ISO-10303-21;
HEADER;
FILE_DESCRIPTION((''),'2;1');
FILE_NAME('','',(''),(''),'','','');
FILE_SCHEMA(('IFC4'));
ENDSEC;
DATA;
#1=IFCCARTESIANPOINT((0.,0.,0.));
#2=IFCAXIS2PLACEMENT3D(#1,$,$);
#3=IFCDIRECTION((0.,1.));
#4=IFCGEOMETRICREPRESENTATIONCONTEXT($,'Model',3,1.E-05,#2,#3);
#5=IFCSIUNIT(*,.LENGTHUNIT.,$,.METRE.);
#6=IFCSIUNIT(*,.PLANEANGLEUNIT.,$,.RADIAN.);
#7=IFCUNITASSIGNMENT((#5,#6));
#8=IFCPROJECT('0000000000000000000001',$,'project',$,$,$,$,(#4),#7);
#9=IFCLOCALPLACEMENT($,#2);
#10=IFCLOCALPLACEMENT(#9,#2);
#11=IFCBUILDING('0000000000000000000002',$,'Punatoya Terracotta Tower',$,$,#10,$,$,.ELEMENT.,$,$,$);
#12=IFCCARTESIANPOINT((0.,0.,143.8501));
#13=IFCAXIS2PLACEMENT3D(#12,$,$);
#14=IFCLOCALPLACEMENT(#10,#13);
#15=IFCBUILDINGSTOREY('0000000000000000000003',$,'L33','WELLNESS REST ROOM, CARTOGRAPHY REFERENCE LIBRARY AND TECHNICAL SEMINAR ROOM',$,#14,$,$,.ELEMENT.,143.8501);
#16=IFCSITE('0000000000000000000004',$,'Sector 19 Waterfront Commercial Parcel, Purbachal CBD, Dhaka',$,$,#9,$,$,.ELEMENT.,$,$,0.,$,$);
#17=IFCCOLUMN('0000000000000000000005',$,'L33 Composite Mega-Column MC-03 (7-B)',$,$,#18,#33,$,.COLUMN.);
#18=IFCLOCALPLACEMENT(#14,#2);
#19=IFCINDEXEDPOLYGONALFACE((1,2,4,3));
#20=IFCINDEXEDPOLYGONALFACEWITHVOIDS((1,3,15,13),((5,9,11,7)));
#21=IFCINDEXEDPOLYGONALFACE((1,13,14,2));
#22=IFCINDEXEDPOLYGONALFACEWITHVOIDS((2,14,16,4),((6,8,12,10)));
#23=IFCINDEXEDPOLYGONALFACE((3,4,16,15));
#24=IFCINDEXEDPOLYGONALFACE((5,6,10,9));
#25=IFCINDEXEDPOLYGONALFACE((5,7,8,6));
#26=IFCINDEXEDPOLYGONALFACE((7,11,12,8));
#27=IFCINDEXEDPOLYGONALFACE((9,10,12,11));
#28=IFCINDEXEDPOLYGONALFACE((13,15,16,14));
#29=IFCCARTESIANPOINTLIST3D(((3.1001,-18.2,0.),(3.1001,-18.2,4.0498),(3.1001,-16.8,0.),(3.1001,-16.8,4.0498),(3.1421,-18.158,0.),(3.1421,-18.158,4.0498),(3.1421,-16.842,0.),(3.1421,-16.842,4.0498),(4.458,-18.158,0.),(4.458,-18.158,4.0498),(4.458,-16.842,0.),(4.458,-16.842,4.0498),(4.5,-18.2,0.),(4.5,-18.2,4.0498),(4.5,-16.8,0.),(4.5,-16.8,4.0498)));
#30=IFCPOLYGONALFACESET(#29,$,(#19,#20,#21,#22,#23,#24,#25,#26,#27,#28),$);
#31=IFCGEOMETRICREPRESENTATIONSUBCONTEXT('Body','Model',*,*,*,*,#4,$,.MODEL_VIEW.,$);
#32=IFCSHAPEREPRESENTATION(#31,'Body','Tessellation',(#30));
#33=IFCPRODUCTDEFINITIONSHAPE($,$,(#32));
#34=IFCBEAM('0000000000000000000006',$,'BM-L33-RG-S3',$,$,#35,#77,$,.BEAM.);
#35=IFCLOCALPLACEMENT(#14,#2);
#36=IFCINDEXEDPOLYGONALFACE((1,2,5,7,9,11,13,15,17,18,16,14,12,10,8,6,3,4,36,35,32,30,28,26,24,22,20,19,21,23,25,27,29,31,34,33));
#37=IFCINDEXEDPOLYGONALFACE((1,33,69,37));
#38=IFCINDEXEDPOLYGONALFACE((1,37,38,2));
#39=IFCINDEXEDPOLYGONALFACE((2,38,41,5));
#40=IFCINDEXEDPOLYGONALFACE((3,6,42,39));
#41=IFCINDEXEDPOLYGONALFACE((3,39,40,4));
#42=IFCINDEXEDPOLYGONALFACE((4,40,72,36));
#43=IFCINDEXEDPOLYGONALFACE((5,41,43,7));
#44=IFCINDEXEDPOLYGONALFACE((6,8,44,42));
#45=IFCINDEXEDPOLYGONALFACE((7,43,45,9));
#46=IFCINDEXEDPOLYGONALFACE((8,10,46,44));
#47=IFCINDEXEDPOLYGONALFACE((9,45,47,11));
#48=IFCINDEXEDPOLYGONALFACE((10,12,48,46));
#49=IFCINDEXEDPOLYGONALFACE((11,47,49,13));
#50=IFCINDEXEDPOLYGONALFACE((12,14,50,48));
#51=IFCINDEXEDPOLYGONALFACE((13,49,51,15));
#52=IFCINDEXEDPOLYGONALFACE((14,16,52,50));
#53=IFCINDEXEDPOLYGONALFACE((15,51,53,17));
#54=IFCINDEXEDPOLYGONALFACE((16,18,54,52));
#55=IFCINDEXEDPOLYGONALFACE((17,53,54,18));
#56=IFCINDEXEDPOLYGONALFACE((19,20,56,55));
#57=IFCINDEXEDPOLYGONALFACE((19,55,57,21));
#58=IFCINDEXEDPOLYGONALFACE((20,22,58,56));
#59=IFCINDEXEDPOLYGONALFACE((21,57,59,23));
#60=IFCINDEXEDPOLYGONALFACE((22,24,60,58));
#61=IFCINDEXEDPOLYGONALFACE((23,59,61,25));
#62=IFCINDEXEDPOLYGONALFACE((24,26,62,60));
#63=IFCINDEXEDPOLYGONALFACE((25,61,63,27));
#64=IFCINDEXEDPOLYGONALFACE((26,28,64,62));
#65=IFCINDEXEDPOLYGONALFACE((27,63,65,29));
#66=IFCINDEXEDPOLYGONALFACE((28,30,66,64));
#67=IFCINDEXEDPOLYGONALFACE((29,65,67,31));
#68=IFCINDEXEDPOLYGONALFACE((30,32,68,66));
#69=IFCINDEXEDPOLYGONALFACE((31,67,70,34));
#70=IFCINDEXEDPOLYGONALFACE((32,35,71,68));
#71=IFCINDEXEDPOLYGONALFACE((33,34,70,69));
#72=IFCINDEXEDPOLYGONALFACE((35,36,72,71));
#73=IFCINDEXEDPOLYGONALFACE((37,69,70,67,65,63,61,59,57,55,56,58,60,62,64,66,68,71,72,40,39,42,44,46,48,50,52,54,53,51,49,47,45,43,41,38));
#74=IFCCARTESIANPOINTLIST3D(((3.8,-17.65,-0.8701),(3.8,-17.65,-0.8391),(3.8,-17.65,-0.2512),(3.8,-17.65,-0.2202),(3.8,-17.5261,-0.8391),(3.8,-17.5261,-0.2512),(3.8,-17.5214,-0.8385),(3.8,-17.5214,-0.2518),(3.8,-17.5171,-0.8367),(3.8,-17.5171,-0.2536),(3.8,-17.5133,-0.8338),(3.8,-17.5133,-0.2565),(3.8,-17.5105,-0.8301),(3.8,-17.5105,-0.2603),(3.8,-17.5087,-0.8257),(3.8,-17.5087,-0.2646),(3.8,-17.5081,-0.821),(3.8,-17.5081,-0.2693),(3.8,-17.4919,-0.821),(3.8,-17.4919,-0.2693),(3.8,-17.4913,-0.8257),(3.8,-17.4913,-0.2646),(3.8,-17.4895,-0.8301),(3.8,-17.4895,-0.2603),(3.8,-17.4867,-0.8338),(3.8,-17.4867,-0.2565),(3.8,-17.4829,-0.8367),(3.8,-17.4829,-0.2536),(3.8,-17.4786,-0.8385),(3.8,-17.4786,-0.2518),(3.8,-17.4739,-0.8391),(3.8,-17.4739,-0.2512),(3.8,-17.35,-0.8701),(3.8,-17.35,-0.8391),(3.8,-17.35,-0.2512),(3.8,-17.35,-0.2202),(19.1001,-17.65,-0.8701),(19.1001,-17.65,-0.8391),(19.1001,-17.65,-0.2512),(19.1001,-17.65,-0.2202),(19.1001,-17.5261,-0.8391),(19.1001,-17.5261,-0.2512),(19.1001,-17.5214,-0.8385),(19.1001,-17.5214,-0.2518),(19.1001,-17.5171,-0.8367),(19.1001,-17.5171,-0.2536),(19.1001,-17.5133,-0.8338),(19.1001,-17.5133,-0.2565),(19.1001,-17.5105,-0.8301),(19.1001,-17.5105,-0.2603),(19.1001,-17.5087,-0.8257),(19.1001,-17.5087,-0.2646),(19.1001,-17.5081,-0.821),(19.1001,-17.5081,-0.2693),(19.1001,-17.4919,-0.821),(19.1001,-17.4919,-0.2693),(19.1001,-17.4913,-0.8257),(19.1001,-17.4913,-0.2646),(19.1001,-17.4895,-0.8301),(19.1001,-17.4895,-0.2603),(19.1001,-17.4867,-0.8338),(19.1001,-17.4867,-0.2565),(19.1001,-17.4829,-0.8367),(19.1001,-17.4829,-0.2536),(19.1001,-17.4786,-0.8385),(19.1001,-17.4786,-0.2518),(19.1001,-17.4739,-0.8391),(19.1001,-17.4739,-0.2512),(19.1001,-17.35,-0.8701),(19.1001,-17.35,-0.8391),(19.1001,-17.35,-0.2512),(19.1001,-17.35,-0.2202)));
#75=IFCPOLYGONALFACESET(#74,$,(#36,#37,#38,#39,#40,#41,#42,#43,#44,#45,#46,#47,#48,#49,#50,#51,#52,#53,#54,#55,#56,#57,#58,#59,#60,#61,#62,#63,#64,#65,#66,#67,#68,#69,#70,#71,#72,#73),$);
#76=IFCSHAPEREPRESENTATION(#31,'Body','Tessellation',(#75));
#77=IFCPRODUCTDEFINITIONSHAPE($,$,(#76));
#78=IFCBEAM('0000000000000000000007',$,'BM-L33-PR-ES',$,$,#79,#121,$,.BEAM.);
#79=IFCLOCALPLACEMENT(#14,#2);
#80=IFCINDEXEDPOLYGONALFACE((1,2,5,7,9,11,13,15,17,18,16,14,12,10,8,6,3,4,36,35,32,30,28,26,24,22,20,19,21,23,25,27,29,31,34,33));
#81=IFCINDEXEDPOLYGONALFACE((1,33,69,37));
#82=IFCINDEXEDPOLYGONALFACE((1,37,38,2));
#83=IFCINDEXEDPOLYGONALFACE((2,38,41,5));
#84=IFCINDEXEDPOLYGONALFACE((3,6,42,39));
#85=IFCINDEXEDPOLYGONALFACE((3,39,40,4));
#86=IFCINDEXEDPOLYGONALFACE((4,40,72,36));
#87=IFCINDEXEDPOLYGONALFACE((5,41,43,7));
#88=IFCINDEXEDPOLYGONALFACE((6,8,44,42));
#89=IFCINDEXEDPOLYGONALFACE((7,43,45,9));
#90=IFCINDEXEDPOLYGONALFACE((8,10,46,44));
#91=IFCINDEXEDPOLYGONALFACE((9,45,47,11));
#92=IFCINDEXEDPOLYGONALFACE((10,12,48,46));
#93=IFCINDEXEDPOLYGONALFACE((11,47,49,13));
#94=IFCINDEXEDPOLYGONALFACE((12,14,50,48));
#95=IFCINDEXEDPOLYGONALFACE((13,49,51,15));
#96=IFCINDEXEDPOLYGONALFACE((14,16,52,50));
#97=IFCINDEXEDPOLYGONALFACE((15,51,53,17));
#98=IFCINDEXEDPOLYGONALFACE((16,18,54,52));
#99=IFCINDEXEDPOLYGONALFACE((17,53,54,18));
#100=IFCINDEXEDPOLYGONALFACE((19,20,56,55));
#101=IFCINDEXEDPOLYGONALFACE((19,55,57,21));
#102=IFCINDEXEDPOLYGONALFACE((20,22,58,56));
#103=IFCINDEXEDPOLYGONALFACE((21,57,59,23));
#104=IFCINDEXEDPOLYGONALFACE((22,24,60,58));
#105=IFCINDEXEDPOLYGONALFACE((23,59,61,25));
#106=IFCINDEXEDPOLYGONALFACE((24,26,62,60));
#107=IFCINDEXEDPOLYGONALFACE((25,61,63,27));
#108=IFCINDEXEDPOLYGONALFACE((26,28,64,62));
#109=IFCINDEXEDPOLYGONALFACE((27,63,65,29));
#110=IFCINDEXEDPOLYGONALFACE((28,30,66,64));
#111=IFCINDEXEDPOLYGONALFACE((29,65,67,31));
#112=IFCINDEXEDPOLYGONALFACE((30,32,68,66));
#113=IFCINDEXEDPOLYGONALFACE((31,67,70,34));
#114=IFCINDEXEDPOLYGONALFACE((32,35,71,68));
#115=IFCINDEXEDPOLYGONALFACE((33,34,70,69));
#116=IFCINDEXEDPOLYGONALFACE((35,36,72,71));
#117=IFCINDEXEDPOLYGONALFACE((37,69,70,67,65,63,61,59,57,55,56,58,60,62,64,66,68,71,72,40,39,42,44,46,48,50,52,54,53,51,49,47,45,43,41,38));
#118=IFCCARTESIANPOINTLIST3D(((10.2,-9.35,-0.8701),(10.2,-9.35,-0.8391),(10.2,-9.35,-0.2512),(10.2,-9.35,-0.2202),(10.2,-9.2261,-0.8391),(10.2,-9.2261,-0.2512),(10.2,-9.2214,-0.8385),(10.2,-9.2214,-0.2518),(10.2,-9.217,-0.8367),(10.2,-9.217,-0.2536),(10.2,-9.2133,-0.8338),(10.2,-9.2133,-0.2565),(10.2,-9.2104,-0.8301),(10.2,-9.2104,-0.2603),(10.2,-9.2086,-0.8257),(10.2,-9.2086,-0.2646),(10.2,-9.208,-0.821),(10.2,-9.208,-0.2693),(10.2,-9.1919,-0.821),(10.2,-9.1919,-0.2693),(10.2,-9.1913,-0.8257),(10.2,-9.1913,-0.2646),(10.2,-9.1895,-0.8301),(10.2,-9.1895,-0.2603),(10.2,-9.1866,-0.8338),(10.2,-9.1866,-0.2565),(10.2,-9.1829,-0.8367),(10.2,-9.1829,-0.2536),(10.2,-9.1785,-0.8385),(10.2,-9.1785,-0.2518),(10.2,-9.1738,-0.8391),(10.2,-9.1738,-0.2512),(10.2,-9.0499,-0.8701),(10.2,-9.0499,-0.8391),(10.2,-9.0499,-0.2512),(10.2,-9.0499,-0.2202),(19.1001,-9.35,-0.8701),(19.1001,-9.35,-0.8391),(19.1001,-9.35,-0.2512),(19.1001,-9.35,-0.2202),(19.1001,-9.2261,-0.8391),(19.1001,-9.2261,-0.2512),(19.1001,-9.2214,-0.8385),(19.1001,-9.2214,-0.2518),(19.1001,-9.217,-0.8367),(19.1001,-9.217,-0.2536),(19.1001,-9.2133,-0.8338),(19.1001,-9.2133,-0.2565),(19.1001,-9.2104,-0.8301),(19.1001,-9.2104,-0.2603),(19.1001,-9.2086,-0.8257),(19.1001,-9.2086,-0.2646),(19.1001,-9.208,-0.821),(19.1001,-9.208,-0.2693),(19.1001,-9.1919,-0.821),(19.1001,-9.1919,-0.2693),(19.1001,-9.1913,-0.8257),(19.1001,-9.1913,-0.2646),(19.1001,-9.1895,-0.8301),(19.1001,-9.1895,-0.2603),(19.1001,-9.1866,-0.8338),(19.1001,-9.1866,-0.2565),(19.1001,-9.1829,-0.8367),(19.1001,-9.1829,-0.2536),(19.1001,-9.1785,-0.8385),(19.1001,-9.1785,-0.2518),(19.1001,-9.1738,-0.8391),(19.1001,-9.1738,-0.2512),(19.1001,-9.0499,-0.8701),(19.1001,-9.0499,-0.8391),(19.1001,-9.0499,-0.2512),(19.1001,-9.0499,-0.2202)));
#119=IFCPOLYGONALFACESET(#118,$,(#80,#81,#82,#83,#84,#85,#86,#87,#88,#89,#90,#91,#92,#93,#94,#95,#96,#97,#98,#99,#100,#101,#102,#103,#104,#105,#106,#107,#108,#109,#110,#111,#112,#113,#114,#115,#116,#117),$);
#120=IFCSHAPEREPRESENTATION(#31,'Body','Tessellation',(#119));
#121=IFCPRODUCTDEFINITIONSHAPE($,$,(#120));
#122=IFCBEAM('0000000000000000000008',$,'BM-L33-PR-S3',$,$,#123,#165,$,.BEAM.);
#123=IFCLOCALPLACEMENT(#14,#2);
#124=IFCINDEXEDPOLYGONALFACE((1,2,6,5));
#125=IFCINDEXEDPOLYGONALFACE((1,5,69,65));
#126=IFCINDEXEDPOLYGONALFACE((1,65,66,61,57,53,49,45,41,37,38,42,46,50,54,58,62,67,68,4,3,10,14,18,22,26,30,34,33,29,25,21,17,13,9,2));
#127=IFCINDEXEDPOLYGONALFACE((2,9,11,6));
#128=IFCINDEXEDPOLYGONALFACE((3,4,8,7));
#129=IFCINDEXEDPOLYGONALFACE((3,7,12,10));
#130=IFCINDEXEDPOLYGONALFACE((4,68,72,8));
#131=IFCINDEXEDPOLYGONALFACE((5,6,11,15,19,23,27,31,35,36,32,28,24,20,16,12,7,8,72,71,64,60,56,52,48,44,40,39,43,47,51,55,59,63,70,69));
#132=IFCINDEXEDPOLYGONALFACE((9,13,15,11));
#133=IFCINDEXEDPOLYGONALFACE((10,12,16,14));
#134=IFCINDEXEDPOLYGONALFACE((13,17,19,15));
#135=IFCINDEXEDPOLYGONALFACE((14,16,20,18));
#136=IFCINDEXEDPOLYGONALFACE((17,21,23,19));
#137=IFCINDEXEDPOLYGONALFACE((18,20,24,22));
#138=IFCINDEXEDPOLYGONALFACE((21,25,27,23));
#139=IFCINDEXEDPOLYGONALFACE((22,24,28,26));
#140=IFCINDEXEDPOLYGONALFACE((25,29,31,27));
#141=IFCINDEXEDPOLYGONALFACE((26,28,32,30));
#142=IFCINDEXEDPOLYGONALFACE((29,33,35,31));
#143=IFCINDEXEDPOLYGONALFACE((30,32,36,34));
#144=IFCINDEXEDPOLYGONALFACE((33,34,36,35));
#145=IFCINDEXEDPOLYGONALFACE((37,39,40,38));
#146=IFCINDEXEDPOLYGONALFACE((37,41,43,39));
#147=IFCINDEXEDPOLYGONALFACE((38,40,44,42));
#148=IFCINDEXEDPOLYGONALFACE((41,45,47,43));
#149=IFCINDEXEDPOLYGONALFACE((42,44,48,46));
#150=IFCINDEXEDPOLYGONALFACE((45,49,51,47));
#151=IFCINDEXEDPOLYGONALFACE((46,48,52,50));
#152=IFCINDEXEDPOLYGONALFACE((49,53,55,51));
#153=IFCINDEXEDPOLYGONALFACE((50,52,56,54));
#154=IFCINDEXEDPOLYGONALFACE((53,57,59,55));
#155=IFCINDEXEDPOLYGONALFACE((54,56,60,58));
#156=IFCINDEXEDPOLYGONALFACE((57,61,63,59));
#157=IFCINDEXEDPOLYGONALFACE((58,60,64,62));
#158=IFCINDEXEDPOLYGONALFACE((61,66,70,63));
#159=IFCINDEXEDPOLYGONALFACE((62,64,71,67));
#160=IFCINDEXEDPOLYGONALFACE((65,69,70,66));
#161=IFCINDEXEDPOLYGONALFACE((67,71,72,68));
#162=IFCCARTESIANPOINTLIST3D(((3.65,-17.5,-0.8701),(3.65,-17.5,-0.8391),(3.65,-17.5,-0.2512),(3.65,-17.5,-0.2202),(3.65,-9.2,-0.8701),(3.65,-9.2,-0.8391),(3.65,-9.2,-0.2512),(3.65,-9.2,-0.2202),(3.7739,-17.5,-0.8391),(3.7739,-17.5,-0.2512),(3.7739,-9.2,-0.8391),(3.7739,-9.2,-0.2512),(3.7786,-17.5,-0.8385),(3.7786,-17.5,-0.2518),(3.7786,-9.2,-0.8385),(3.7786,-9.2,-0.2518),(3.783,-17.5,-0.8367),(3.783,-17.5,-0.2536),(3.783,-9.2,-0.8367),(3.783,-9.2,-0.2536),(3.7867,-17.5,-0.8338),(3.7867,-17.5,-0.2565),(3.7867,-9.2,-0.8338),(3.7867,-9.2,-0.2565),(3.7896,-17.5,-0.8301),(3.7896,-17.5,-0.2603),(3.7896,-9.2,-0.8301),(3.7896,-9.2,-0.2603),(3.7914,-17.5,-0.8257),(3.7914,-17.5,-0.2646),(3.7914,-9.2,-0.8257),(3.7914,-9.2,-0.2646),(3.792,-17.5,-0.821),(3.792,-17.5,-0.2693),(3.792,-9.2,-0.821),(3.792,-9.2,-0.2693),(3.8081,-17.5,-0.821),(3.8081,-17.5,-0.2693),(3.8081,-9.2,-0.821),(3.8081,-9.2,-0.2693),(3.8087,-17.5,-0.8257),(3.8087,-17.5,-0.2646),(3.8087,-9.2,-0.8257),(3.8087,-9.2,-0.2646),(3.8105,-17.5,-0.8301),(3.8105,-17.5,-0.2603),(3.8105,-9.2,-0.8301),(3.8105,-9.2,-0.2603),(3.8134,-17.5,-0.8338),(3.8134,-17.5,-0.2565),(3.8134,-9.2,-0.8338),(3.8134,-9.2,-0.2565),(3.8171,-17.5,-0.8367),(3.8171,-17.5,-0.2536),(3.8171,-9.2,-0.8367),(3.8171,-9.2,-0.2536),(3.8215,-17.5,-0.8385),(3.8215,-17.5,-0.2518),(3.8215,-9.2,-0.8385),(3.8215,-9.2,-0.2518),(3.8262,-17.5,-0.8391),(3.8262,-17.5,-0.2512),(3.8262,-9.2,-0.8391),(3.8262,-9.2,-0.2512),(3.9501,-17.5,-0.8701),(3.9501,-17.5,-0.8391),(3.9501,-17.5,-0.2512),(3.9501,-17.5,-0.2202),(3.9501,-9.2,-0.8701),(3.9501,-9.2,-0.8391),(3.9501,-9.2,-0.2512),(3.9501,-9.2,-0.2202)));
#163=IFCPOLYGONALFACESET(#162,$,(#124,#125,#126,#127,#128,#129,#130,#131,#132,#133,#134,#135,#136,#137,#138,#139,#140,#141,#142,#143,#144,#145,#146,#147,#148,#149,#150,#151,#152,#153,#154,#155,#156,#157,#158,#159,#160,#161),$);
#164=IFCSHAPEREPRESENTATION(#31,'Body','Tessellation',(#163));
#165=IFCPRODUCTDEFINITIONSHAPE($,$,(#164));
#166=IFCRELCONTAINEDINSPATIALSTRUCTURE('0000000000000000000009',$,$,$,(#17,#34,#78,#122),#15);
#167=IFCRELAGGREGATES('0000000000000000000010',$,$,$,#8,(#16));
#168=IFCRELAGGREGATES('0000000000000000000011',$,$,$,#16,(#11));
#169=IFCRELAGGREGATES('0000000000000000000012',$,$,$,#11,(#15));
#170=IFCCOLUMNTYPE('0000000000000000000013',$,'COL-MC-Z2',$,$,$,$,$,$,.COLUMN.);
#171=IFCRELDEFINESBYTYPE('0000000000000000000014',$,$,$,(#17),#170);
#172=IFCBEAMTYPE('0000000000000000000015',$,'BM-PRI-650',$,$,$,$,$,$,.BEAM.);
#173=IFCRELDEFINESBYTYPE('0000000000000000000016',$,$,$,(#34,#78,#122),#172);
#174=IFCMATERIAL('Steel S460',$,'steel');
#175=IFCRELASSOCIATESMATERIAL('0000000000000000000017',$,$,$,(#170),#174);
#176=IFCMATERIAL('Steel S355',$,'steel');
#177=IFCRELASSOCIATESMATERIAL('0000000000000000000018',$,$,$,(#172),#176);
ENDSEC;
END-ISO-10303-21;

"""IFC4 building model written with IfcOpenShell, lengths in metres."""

from ifc_helpers import new_model, si_unit, direction, frame, origin, origin_2d, place, context, subcontext, project, spatial, hollow_rectangle, i_section, extrude, material, material_profile, profile_set, type_object, element, save


model = new_model("IFC4")

# Units and contexts
model_context = context("Model", 3, precision=1e-05, world=origin(), true_north=direction((0.0, 1.0)))
body_context = subcontext(model_context, "Body", "Model", "MODEL_VIEW")
ifc_project = project(units=[si_unit("LENGTHUNIT", "METRE"), si_unit("PLANEANGLEUNIT", "RADIAN")], contexts=[model_context])

# Site, building, storey
site_placement = place(None, origin())
site = spatial("IfcSite", under=ifc_project, at=site_placement, Name="Sector 19 Waterfront Commercial Parcel, Purbachal CBD, Dhaka", CompositionType="ELEMENT", RefElevation=0.0)
building_placement = place(site_placement, origin())
building = spatial("IfcBuilding", under=site, at=building_placement, Name="Punatoya Terracotta Tower", CompositionType="ELEMENT")
storey_placement = place(building_placement, frame((0.0, 0.0, 143.8501)))
storey = spatial("IfcBuildingStorey", under=building, at=storey_placement, Name="L33", Description="WELLNESS REST ROOM, CARTOGRAPHY REFERENCE LIBRARY AND TECHNICAL SEMINAR ROOM", CompositionType="ELEMENT", Elevation=143.8501)

# Column
ifc_material_1 = material(Name="Steel S460", Category="steel")
ifc_material_profile_1 = material_profile(ifc_material_1, hollow_rectangle(XDim=1.3999, YDim=1.3999, WallThickness=0.042, at=origin_2d()))
ifc_profile_set_1 = profile_set([ifc_material_profile_1], Name="Steel S460")
column_type = type_object("IfcColumnType", Name="COL-MC-Z2", PredefinedType="COLUMN", material=ifc_profile_set_1)
column_placement = place(storey_placement, frame((3.8, -17.5, 0.0), z_axis=(0.0, 0.0, 1.0), x_axis=(1.0, 0.0, 0.0)))
element("IfcColumn", 1, at=column_placement, inside=storey, type_object=column_type, Name="L33 Composite Mega-Column MC-03 (7-B)", PredefinedType="COLUMN", context=body_context, shape_type="SweptSolid", body=[
    extrude(hollow_rectangle(XDim=1.3999, YDim=1.3999, WallThickness=0.042, at=origin_2d()), origin(), (0.0, 0.0, 1.0), 4.0498),
])

# Beams
ifc_material_2 = material(Name="Steel S355", Category="steel")
ifc_material_profile_2 = material_profile(ifc_material_2, i_section(OverallWidth=0.3, OverallDepth=0.6499, WebThickness=0.0161, FlangeThickness=0.031, FilletRadius=0.0181, at=origin_2d()))
ifc_profile_set_2 = profile_set([ifc_material_profile_2], Name="Steel S355")
beam_type_1 = type_object("IfcBeamType", Name="BM-PRI-650", PredefinedType="BEAM", material=ifc_profile_set_2)
beam_1_placement = place(storey_placement, frame((3.8, -17.5, -0.5452), z_axis=(1.0, 0.0, 0.0), x_axis=(0.0, 1.0, 0.0)))
element("IfcBeam", 2, at=beam_1_placement, inside=storey, type_object=beam_type_1, Name="BM-L33-RG-S3", PredefinedType="BEAM", context=body_context, shape_type="SweptSolid", body=[
    extrude(i_section(OverallWidth=0.3, OverallDepth=0.6499, WebThickness=0.0161, FlangeThickness=0.031, FilletRadius=0.0181, at=origin_2d()), origin(), (0.0, 0.0, 1.0), 15.3),
])
beam_2_placement = place(storey_placement, frame((10.2, -9.2, -0.5452), z_axis=(1.0, 0.0, 0.0), x_axis=(0.0, 1.0, 0.0)))
element("IfcBeam", 3, at=beam_2_placement, inside=storey, type_object=beam_type_1, Name="BM-L33-PR-ES", PredefinedType="BEAM", context=body_context, shape_type="SweptSolid", body=[
    extrude(i_section(OverallWidth=0.3, OverallDepth=0.6499, WebThickness=0.0161, FlangeThickness=0.031, FilletRadius=0.0181, at=origin_2d()), origin(), (0.0, 0.0, 1.0), 8.9001),
])
for number, where, z_axis, x_axis, name in (
    (4, (3.8, -17.5, -0.5452), (0.0, 1.0, 0.0), (-1.0, 0.0, 0.0), "BM-L33-PR-S3"),
):
    element("IfcBeam", number, at=place(storey_placement, frame(where, z_axis=z_axis, x_axis=x_axis)), inside=storey, type_object=beam_type_1, Name=name, PredefinedType="BEAM", context=body_context, shape_type="SweptSolid", body=[
        extrude(i_section(OverallWidth=0.3, OverallDepth=0.6499, WebThickness=0.0161, FlangeThickness=0.031, FilletRadius=0.0181, at=origin_2d()), origin(), (0.0, 0.0, 1.0), 8.3),
    ])

save(model, "model.ifc")
